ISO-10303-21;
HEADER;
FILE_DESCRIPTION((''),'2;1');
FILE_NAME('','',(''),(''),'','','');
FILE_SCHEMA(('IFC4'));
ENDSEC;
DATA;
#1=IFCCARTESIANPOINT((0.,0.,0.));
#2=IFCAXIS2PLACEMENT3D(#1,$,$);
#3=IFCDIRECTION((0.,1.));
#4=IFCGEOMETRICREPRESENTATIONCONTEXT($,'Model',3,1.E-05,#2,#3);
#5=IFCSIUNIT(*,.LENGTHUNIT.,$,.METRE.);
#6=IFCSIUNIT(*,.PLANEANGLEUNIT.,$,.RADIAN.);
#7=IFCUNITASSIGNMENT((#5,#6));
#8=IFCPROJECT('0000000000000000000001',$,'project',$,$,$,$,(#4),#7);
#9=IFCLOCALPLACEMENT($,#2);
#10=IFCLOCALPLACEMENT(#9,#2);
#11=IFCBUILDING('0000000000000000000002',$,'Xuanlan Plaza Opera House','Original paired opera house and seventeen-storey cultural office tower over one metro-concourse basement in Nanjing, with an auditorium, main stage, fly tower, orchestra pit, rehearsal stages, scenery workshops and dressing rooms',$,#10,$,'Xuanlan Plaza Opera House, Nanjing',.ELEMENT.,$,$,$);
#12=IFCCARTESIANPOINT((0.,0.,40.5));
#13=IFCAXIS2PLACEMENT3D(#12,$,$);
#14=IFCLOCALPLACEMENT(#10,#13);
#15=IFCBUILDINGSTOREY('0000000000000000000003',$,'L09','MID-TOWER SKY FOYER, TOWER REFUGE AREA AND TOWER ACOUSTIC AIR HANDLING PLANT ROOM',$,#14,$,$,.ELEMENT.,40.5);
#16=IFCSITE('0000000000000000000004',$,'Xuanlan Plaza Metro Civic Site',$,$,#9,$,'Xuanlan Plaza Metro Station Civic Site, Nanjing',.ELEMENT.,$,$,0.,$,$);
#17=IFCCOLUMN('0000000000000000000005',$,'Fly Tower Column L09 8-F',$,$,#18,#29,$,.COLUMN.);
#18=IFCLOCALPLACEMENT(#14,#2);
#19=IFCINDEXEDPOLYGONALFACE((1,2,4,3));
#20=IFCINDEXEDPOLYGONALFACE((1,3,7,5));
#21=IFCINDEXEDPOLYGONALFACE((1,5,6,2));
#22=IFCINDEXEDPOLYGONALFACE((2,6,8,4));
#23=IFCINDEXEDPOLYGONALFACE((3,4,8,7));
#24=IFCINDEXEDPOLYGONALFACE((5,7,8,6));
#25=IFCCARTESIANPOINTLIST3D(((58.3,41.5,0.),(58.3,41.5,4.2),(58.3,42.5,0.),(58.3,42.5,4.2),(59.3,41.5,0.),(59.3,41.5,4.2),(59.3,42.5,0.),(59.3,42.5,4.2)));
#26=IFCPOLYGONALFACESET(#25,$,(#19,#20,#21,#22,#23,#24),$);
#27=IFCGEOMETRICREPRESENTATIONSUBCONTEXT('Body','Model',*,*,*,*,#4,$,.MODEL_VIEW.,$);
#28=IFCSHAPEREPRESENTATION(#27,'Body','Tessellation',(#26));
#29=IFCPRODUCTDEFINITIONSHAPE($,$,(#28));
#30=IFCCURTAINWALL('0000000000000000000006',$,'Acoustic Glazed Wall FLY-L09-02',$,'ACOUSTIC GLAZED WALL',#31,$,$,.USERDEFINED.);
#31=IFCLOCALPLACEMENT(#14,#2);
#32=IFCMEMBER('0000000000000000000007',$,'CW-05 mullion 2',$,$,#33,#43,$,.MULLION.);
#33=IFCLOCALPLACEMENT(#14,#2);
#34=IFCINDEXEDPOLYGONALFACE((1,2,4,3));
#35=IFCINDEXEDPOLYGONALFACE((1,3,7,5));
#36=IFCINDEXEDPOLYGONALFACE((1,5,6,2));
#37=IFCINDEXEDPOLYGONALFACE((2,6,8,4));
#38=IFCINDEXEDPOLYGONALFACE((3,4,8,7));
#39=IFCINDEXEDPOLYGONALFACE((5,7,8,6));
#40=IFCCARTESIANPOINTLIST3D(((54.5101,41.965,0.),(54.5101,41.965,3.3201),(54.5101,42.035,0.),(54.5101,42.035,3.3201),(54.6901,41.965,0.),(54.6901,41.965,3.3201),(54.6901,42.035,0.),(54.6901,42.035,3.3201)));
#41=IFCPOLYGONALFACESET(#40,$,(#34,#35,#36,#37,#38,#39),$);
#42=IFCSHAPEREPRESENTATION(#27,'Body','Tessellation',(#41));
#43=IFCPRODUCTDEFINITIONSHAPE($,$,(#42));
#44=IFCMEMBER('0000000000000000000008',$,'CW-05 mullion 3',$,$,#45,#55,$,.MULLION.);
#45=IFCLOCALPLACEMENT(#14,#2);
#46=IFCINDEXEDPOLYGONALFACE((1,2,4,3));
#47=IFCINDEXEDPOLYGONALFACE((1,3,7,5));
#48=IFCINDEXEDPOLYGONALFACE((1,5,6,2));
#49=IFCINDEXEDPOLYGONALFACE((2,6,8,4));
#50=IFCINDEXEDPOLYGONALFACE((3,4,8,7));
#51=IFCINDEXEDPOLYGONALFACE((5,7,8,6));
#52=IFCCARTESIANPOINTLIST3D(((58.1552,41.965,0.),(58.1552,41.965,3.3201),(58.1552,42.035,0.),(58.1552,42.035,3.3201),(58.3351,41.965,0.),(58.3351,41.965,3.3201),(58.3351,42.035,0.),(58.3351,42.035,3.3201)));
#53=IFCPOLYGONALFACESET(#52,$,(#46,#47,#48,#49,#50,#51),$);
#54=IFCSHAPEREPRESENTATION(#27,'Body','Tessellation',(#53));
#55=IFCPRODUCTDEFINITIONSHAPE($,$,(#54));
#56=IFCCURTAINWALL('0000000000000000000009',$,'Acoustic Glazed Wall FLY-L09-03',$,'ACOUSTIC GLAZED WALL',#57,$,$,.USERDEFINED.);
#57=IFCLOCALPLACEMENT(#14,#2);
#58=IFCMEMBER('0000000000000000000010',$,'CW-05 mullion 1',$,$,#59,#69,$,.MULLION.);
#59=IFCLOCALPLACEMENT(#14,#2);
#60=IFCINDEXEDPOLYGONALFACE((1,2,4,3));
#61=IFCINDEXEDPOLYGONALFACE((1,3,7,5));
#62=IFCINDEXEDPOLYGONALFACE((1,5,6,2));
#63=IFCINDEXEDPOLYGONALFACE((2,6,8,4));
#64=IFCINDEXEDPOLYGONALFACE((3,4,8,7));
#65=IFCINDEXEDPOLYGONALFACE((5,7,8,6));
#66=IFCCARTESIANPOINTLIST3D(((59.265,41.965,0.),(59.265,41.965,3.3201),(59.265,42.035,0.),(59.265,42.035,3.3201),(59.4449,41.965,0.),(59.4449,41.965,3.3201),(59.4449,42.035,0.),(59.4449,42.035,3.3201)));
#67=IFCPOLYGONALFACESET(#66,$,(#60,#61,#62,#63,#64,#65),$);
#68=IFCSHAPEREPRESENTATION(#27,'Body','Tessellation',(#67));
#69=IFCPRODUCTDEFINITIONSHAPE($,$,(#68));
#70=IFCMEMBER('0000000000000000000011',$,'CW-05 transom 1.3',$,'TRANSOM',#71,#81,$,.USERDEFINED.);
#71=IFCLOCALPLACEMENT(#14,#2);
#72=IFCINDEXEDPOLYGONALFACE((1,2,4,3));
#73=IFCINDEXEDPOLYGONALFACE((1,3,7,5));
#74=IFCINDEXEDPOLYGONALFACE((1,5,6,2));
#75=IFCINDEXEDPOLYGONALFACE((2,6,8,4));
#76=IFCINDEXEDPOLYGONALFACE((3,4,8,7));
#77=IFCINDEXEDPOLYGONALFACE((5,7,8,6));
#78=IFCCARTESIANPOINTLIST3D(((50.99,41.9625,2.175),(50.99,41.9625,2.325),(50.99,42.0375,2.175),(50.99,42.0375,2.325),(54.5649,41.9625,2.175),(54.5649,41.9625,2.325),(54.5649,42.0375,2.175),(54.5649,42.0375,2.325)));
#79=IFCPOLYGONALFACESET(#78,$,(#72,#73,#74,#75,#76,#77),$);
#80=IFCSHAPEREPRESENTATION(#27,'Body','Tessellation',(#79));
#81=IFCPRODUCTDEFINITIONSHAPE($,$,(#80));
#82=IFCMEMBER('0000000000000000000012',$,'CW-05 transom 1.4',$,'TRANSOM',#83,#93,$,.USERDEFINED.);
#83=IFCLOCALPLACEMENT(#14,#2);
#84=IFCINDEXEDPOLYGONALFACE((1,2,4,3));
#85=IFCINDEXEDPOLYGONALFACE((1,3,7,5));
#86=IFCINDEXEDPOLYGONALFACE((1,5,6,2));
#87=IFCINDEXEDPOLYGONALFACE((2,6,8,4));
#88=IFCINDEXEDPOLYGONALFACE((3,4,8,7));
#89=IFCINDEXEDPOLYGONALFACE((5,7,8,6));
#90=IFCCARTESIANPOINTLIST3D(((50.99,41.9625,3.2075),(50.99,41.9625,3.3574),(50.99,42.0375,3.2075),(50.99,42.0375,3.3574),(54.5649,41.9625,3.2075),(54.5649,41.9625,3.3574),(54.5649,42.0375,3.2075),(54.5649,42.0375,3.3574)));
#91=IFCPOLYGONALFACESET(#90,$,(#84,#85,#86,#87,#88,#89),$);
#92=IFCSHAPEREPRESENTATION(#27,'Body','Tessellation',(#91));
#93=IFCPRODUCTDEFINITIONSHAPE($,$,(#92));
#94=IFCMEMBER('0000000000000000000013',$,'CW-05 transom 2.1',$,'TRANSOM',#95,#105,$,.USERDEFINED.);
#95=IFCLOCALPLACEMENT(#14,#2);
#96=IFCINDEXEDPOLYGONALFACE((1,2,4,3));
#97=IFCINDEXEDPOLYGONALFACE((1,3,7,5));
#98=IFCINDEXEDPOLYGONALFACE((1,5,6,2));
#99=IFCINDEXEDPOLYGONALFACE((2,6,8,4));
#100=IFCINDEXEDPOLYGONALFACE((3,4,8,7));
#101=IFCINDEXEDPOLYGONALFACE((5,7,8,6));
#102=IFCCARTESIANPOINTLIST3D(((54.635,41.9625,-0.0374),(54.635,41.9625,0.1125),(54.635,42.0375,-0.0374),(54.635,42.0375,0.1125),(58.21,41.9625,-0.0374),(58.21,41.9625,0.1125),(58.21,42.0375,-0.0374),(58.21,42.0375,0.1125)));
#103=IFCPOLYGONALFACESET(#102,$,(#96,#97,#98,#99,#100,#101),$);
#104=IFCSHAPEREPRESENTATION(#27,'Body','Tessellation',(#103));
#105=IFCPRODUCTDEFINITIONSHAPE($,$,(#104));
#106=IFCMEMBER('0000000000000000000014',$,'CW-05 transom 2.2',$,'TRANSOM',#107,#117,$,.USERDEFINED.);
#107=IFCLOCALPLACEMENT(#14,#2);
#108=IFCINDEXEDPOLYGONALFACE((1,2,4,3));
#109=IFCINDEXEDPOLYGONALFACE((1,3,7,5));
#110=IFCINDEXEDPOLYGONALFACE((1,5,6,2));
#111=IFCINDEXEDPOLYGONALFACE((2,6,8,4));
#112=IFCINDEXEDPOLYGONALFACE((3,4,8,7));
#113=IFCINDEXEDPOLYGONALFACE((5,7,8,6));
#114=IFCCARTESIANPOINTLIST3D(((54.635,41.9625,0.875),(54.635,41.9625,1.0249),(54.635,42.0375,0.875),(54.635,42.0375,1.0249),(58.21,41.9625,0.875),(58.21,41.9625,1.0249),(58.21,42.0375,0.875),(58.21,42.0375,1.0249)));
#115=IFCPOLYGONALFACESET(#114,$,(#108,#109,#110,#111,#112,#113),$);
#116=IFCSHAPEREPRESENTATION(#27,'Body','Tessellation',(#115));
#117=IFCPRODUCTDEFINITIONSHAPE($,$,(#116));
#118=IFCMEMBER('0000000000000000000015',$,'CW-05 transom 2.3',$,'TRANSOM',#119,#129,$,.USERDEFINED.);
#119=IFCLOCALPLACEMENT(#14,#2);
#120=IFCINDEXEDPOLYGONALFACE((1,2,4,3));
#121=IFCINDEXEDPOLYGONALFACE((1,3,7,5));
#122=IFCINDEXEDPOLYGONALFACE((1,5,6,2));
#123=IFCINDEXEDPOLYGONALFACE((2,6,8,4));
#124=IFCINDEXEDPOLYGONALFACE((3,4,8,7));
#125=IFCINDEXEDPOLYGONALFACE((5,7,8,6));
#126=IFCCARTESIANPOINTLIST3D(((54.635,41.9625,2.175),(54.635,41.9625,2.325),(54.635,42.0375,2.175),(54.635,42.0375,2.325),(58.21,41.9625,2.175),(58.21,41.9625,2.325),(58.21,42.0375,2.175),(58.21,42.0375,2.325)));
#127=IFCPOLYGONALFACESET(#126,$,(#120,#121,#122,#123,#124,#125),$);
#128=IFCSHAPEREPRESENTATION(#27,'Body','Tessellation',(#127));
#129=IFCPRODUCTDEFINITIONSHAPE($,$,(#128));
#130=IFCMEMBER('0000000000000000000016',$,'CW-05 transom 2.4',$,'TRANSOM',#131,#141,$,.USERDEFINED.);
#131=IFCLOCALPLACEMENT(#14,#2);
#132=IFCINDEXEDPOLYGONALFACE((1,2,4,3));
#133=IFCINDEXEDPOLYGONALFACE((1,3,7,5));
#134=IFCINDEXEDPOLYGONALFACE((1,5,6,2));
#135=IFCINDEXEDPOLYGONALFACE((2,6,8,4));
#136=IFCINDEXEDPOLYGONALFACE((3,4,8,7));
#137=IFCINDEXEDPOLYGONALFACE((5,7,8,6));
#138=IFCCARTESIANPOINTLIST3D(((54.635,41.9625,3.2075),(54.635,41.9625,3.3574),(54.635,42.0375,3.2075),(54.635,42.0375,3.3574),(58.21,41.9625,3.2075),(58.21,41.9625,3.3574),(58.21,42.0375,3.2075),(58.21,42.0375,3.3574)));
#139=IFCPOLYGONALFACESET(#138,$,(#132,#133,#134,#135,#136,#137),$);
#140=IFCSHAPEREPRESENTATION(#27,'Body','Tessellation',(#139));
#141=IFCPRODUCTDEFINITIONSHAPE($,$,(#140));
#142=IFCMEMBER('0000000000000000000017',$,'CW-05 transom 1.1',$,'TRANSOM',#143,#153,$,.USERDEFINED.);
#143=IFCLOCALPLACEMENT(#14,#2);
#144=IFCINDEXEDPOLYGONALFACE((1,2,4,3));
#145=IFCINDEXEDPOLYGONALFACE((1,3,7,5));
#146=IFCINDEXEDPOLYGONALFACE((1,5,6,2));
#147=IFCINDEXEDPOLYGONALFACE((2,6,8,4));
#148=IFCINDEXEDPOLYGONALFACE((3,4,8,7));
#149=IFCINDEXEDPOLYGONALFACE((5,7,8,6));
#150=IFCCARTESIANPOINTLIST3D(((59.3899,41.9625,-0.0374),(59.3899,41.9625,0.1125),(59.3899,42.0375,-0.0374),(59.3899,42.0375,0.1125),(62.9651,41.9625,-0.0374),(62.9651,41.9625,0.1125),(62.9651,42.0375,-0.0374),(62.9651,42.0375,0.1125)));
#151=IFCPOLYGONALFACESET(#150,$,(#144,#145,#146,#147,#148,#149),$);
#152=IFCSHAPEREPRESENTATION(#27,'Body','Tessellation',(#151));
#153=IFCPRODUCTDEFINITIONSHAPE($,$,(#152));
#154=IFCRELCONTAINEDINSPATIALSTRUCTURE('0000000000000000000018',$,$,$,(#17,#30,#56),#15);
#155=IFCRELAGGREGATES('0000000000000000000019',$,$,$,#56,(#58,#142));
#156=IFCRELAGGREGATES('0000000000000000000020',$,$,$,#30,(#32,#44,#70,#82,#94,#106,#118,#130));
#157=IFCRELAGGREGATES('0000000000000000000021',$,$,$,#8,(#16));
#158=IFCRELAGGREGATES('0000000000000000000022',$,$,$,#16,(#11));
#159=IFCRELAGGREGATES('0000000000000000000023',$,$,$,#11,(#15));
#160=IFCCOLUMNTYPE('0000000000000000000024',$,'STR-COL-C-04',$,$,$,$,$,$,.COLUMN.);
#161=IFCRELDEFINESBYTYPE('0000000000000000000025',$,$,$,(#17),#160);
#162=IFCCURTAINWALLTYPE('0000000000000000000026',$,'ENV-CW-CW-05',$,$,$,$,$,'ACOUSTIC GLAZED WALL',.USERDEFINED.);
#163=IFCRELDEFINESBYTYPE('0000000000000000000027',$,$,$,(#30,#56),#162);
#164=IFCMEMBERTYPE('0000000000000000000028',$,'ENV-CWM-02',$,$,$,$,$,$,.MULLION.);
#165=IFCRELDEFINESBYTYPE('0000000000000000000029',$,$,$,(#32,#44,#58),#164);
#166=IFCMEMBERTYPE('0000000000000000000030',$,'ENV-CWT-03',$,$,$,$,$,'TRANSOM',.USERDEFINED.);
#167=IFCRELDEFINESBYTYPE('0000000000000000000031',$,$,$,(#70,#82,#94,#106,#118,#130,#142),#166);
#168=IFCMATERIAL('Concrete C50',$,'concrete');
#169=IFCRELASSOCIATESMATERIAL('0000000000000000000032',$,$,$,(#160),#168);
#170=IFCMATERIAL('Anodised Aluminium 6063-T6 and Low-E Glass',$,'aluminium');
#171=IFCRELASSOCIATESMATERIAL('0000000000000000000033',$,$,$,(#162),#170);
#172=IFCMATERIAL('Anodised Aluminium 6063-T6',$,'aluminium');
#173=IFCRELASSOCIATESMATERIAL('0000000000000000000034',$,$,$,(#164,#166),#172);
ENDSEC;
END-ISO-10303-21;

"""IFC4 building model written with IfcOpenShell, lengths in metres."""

from ifc_helpers import new_model, si_unit, direction, frame, origin, origin_2d, place, context, subcontext, project, spatial, rectangle, extrude, material, material_profile, profile_set, type_object, element, aggregate, save


model = new_model("IFC4")

# Units and contexts
model_context = context("Model", 3, precision=1e-05, world=origin(), true_north=direction((0.0, 1.0)))
body_context = subcontext(model_context, "Body", "Model", "MODEL_VIEW")
ifc_project = project(units=[si_unit("LENGTHUNIT", "METRE"), si_unit("PLANEANGLEUNIT", "RADIAN")], contexts=[model_context])

# Site, building, storey
site_placement = place(None, origin())
site = spatial("IfcSite", under=ifc_project, at=site_placement, Name="Xuanlan Plaza Metro Civic Site", LongName="Xuanlan Plaza Metro Station Civic Site, Nanjing", CompositionType="ELEMENT", RefElevation=0.0)
building_placement = place(site_placement, origin())
building = spatial("IfcBuilding", under=site, at=building_placement, Name="Xuanlan Plaza Opera House", Description="Original paired opera house and seventeen-storey cultural office tower over one metro-concourse basement in Nanjing, with an auditorium, main stage, fly tower, orchestra pit, rehearsal stages, scenery workshops and dressing rooms", LongName="Xuanlan Plaza Opera House, Nanjing", CompositionType="ELEMENT")
storey_placement = place(building_placement, frame((0.0, 0.0, 40.5)))
storey = spatial("IfcBuildingStorey", under=building, at=storey_placement, Name="L09", Description="MID-TOWER SKY FOYER, TOWER REFUGE AREA AND TOWER ACOUSTIC AIR HANDLING PLANT ROOM", CompositionType="ELEMENT", Elevation=40.5)

# Column
ifc_material_1 = material(Name="Concrete C50", Category="concrete")
ifc_material_profile_1 = material_profile(ifc_material_1, rectangle(XDim=1.0, YDim=1.0, at=origin_2d()), Name="RC-COL 1000x1000")
ifc_profile_set_1 = profile_set([ifc_material_profile_1], Name="Concrete C50")
column_type = type_object("IfcColumnType", Name="STR-COL-C-04", PredefinedType="COLUMN", material=ifc_profile_set_1)
column_placement = place(storey_placement, frame((58.8, 42.0, 0.0), z_axis=(0.0, 0.0, 1.0), x_axis=(1.0, 0.0, 0.0)))
element("IfcColumn", 1, at=column_placement, inside=storey, type_object=column_type, Name="Fly Tower Column L09 8-F", PredefinedType="COLUMN", context=body_context, shape_type="SweptSolid", body=[
    extrude(rectangle(XDim=1.0, YDim=1.0, at=origin_2d()), origin(), (0.0, 0.0, 1.0), 4.2),
])

# Curtain wall, members
ifc_material_2 = material(Name="Anodised Aluminium 6063-T6 and Low-E Glass", Category="aluminium")
curtain_wall_type = type_object("IfcCurtainWallType", Name="ENV-CW-CW-05", ElementType="ACOUSTIC GLAZED WALL", PredefinedType="USERDEFINED", material=ifc_material_2)
curtain_wall_1_placement = place(storey_placement, origin())
curtain_wall_1 = element("IfcCurtainWall", 2, at=curtain_wall_1_placement, inside=storey, type_object=curtain_wall_type, Name="Acoustic Glazed Wall FLY-L09-02", ObjectType="ACOUSTIC GLAZED WALL", PredefinedType="USERDEFINED")
ifc_material_3 = material(Name="Anodised Aluminium 6063-T6", Category="aluminium")
ifc_material_profile_2 = material_profile(ifc_material_3, rectangle(XDim=0.0701, YDim=0.1799, at=origin_2d()), Name="ALU-M 70x180")
ifc_profile_set_2 = profile_set([ifc_material_profile_2], Name="Anodised Aluminium 6063-T6")
member_type_1 = type_object("IfcMemberType", Name="ENV-CWM-02", PredefinedType="MULLION", material=ifc_profile_set_2)
member_1_placement = place(storey_placement, frame((54.6001, 42.0, 0.0), z_axis=(0.0, 0.0, 1.0), x_axis=(0.0, 1.0, 0.0)))
member_1 = element("IfcMember", 3, at=member_1_placement, type_object=member_type_1, Name="CW-05 mullion 2", PredefinedType="MULLION", context=body_context, shape_type="SweptSolid", body=[
    extrude(rectangle(XDim=0.0701, YDim=0.1799, at=origin_2d()), origin(), (0.0, 0.0, 1.0), 3.3201),
])
member_2_placement = place(storey_placement, frame((58.2451, 42.0, 0.0), z_axis=(0.0, 0.0, 1.0), x_axis=(0.0, 1.0, 0.0)))
member_2 = element("IfcMember", 4, at=member_2_placement, type_object=member_type_1, Name="CW-05 mullion 3", PredefinedType="MULLION", context=body_context, shape_type="SweptSolid", body=[
    extrude(rectangle(XDim=0.0701, YDim=0.1799, at=origin_2d()), origin(), (0.0, 0.0, 1.0), 3.3201),
])

# Curtain wall, member
curtain_wall_2_placement = place(storey_placement, origin())
curtain_wall_2 = element("IfcCurtainWall", 5, at=curtain_wall_2_placement, inside=storey, type_object=curtain_wall_type, Name="Acoustic Glazed Wall FLY-L09-03", ObjectType="ACOUSTIC GLAZED WALL", PredefinedType="USERDEFINED")
member_3_placement = place(storey_placement, frame((59.355, 42.0, 0.0), z_axis=(0.0, 0.0, 1.0), x_axis=(0.0, 1.0, 0.0)))
member_3 = element("IfcMember", 6, at=member_3_placement, type_object=member_type_1, Name="CW-05 mullion 1", PredefinedType="MULLION", context=body_context, shape_type="SweptSolid", body=[
    extrude(rectangle(XDim=0.0701, YDim=0.1799, at=origin_2d()), origin(), (0.0, 0.0, 1.0), 3.3201),
])

# Members
ifc_material_profile_3 = material_profile(ifc_material_3, rectangle(XDim=0.075, YDim=0.1499, at=origin_2d()), Name="ALU-T 75x150")
ifc_profile_set_3 = profile_set([ifc_material_profile_3], Name="Anodised Aluminium 6063-T6")
member_type_2 = type_object("IfcMemberType", Name="ENV-CWT-03", ElementType="TRANSOM", PredefinedType="USERDEFINED", material=ifc_profile_set_3)
member_4_placement = place(storey_placement, frame((50.99, 42.0, 2.25), z_axis=(1.0, 0.0, 0.0), x_axis=(0.0, 1.0, 0.0)))
member_4 = element("IfcMember", 7, at=member_4_placement, type_object=member_type_2, Name="CW-05 transom 1.3", ObjectType="TRANSOM", PredefinedType="USERDEFINED", context=body_context, shape_type="SweptSolid", body=[
    extrude(rectangle(XDim=0.075, YDim=0.1499, at=origin_2d()), origin(), (0.0, 0.0, 1.0), 3.575),
])
member_5_placement = place(storey_placement, frame((50.99, 42.0, 3.2825), z_axis=(1.0, 0.0, 0.0), x_axis=(0.0, 1.0, 0.0)))
member_5 = element("IfcMember", 8, at=member_5_placement, type_object=member_type_2, Name="CW-05 transom 1.4", ObjectType="TRANSOM", PredefinedType="USERDEFINED", context=body_context, shape_type="SweptSolid", body=[
    extrude(rectangle(XDim=0.075, YDim=0.1499, at=origin_2d()), origin(), (0.0, 0.0, 1.0), 3.575),
])
member_6_placement = place(storey_placement, frame((54.635, 42.0, 0.0376), z_axis=(1.0, 0.0, 0.0), x_axis=(0.0, 1.0, 0.0)))
member_6 = element("IfcMember", 9, at=member_6_placement, type_object=member_type_2, Name="CW-05 transom 2.1", ObjectType="TRANSOM", PredefinedType="USERDEFINED", context=body_context, shape_type="SweptSolid", body=[
    extrude(rectangle(XDim=0.075, YDim=0.1499, at=origin_2d()), origin(), (0.0, 0.0, 1.0), 3.575),
])
member_7_placement = place(storey_placement, frame((54.635, 42.0, 0.95), z_axis=(1.0, 0.0, 0.0), x_axis=(0.0, 1.0, 0.0)))
member_7 = element("IfcMember", 10, at=member_7_placement, type_object=member_type_2, Name="CW-05 transom 2.2", ObjectType="TRANSOM", PredefinedType="USERDEFINED", context=body_context, shape_type="SweptSolid", body=[
    extrude(rectangle(XDim=0.075, YDim=0.1499, at=origin_2d()), origin(), (0.0, 0.0, 1.0), 3.575),
])
member_8_placement = place(storey_placement, frame((54.635, 42.0, 2.25), z_axis=(1.0, 0.0, 0.0), x_axis=(0.0, 1.0, 0.0)))
member_8 = element("IfcMember", 11, at=member_8_placement, type_object=member_type_2, Name="CW-05 transom 2.3", ObjectType="TRANSOM", PredefinedType="USERDEFINED", context=body_context, shape_type="SweptSolid", body=[
    extrude(rectangle(XDim=0.075, YDim=0.1499, at=origin_2d()), origin(), (0.0, 0.0, 1.0), 3.575),
])
member_9_placement = place(storey_placement, frame((54.635, 42.0, 3.2825), z_axis=(1.0, 0.0, 0.0), x_axis=(0.0, 1.0, 0.0)))
member_9 = element("IfcMember", 12, at=member_9_placement, type_object=member_type_2, Name="CW-05 transom 2.4", ObjectType="TRANSOM", PredefinedType="USERDEFINED", context=body_context, shape_type="SweptSolid", body=[
    extrude(rectangle(XDim=0.075, YDim=0.1499, at=origin_2d()), origin(), (0.0, 0.0, 1.0), 3.575),
])
member_10_placement = place(storey_placement, frame((59.3899, 42.0, 0.0376), z_axis=(1.0, 0.0, 0.0), x_axis=(0.0, 1.0, 0.0)))
member_10 = element("IfcMember", 13, at=member_10_placement, type_object=member_type_2, Name="CW-05 transom 1.1", ObjectType="TRANSOM", PredefinedType="USERDEFINED", context=body_context, shape_type="SweptSolid", body=[
    extrude(rectangle(XDim=0.075, YDim=0.1499, at=origin_2d()), origin(), (0.0, 0.0, 1.0), 3.5752),
])
aggregate(curtain_wall_2, [member_3, member_10])

aggregate(curtain_wall_1, [member_1, member_2, member_4, member_5, member_6, member_7, member_8, member_9])

save(model, "model.ifc")
